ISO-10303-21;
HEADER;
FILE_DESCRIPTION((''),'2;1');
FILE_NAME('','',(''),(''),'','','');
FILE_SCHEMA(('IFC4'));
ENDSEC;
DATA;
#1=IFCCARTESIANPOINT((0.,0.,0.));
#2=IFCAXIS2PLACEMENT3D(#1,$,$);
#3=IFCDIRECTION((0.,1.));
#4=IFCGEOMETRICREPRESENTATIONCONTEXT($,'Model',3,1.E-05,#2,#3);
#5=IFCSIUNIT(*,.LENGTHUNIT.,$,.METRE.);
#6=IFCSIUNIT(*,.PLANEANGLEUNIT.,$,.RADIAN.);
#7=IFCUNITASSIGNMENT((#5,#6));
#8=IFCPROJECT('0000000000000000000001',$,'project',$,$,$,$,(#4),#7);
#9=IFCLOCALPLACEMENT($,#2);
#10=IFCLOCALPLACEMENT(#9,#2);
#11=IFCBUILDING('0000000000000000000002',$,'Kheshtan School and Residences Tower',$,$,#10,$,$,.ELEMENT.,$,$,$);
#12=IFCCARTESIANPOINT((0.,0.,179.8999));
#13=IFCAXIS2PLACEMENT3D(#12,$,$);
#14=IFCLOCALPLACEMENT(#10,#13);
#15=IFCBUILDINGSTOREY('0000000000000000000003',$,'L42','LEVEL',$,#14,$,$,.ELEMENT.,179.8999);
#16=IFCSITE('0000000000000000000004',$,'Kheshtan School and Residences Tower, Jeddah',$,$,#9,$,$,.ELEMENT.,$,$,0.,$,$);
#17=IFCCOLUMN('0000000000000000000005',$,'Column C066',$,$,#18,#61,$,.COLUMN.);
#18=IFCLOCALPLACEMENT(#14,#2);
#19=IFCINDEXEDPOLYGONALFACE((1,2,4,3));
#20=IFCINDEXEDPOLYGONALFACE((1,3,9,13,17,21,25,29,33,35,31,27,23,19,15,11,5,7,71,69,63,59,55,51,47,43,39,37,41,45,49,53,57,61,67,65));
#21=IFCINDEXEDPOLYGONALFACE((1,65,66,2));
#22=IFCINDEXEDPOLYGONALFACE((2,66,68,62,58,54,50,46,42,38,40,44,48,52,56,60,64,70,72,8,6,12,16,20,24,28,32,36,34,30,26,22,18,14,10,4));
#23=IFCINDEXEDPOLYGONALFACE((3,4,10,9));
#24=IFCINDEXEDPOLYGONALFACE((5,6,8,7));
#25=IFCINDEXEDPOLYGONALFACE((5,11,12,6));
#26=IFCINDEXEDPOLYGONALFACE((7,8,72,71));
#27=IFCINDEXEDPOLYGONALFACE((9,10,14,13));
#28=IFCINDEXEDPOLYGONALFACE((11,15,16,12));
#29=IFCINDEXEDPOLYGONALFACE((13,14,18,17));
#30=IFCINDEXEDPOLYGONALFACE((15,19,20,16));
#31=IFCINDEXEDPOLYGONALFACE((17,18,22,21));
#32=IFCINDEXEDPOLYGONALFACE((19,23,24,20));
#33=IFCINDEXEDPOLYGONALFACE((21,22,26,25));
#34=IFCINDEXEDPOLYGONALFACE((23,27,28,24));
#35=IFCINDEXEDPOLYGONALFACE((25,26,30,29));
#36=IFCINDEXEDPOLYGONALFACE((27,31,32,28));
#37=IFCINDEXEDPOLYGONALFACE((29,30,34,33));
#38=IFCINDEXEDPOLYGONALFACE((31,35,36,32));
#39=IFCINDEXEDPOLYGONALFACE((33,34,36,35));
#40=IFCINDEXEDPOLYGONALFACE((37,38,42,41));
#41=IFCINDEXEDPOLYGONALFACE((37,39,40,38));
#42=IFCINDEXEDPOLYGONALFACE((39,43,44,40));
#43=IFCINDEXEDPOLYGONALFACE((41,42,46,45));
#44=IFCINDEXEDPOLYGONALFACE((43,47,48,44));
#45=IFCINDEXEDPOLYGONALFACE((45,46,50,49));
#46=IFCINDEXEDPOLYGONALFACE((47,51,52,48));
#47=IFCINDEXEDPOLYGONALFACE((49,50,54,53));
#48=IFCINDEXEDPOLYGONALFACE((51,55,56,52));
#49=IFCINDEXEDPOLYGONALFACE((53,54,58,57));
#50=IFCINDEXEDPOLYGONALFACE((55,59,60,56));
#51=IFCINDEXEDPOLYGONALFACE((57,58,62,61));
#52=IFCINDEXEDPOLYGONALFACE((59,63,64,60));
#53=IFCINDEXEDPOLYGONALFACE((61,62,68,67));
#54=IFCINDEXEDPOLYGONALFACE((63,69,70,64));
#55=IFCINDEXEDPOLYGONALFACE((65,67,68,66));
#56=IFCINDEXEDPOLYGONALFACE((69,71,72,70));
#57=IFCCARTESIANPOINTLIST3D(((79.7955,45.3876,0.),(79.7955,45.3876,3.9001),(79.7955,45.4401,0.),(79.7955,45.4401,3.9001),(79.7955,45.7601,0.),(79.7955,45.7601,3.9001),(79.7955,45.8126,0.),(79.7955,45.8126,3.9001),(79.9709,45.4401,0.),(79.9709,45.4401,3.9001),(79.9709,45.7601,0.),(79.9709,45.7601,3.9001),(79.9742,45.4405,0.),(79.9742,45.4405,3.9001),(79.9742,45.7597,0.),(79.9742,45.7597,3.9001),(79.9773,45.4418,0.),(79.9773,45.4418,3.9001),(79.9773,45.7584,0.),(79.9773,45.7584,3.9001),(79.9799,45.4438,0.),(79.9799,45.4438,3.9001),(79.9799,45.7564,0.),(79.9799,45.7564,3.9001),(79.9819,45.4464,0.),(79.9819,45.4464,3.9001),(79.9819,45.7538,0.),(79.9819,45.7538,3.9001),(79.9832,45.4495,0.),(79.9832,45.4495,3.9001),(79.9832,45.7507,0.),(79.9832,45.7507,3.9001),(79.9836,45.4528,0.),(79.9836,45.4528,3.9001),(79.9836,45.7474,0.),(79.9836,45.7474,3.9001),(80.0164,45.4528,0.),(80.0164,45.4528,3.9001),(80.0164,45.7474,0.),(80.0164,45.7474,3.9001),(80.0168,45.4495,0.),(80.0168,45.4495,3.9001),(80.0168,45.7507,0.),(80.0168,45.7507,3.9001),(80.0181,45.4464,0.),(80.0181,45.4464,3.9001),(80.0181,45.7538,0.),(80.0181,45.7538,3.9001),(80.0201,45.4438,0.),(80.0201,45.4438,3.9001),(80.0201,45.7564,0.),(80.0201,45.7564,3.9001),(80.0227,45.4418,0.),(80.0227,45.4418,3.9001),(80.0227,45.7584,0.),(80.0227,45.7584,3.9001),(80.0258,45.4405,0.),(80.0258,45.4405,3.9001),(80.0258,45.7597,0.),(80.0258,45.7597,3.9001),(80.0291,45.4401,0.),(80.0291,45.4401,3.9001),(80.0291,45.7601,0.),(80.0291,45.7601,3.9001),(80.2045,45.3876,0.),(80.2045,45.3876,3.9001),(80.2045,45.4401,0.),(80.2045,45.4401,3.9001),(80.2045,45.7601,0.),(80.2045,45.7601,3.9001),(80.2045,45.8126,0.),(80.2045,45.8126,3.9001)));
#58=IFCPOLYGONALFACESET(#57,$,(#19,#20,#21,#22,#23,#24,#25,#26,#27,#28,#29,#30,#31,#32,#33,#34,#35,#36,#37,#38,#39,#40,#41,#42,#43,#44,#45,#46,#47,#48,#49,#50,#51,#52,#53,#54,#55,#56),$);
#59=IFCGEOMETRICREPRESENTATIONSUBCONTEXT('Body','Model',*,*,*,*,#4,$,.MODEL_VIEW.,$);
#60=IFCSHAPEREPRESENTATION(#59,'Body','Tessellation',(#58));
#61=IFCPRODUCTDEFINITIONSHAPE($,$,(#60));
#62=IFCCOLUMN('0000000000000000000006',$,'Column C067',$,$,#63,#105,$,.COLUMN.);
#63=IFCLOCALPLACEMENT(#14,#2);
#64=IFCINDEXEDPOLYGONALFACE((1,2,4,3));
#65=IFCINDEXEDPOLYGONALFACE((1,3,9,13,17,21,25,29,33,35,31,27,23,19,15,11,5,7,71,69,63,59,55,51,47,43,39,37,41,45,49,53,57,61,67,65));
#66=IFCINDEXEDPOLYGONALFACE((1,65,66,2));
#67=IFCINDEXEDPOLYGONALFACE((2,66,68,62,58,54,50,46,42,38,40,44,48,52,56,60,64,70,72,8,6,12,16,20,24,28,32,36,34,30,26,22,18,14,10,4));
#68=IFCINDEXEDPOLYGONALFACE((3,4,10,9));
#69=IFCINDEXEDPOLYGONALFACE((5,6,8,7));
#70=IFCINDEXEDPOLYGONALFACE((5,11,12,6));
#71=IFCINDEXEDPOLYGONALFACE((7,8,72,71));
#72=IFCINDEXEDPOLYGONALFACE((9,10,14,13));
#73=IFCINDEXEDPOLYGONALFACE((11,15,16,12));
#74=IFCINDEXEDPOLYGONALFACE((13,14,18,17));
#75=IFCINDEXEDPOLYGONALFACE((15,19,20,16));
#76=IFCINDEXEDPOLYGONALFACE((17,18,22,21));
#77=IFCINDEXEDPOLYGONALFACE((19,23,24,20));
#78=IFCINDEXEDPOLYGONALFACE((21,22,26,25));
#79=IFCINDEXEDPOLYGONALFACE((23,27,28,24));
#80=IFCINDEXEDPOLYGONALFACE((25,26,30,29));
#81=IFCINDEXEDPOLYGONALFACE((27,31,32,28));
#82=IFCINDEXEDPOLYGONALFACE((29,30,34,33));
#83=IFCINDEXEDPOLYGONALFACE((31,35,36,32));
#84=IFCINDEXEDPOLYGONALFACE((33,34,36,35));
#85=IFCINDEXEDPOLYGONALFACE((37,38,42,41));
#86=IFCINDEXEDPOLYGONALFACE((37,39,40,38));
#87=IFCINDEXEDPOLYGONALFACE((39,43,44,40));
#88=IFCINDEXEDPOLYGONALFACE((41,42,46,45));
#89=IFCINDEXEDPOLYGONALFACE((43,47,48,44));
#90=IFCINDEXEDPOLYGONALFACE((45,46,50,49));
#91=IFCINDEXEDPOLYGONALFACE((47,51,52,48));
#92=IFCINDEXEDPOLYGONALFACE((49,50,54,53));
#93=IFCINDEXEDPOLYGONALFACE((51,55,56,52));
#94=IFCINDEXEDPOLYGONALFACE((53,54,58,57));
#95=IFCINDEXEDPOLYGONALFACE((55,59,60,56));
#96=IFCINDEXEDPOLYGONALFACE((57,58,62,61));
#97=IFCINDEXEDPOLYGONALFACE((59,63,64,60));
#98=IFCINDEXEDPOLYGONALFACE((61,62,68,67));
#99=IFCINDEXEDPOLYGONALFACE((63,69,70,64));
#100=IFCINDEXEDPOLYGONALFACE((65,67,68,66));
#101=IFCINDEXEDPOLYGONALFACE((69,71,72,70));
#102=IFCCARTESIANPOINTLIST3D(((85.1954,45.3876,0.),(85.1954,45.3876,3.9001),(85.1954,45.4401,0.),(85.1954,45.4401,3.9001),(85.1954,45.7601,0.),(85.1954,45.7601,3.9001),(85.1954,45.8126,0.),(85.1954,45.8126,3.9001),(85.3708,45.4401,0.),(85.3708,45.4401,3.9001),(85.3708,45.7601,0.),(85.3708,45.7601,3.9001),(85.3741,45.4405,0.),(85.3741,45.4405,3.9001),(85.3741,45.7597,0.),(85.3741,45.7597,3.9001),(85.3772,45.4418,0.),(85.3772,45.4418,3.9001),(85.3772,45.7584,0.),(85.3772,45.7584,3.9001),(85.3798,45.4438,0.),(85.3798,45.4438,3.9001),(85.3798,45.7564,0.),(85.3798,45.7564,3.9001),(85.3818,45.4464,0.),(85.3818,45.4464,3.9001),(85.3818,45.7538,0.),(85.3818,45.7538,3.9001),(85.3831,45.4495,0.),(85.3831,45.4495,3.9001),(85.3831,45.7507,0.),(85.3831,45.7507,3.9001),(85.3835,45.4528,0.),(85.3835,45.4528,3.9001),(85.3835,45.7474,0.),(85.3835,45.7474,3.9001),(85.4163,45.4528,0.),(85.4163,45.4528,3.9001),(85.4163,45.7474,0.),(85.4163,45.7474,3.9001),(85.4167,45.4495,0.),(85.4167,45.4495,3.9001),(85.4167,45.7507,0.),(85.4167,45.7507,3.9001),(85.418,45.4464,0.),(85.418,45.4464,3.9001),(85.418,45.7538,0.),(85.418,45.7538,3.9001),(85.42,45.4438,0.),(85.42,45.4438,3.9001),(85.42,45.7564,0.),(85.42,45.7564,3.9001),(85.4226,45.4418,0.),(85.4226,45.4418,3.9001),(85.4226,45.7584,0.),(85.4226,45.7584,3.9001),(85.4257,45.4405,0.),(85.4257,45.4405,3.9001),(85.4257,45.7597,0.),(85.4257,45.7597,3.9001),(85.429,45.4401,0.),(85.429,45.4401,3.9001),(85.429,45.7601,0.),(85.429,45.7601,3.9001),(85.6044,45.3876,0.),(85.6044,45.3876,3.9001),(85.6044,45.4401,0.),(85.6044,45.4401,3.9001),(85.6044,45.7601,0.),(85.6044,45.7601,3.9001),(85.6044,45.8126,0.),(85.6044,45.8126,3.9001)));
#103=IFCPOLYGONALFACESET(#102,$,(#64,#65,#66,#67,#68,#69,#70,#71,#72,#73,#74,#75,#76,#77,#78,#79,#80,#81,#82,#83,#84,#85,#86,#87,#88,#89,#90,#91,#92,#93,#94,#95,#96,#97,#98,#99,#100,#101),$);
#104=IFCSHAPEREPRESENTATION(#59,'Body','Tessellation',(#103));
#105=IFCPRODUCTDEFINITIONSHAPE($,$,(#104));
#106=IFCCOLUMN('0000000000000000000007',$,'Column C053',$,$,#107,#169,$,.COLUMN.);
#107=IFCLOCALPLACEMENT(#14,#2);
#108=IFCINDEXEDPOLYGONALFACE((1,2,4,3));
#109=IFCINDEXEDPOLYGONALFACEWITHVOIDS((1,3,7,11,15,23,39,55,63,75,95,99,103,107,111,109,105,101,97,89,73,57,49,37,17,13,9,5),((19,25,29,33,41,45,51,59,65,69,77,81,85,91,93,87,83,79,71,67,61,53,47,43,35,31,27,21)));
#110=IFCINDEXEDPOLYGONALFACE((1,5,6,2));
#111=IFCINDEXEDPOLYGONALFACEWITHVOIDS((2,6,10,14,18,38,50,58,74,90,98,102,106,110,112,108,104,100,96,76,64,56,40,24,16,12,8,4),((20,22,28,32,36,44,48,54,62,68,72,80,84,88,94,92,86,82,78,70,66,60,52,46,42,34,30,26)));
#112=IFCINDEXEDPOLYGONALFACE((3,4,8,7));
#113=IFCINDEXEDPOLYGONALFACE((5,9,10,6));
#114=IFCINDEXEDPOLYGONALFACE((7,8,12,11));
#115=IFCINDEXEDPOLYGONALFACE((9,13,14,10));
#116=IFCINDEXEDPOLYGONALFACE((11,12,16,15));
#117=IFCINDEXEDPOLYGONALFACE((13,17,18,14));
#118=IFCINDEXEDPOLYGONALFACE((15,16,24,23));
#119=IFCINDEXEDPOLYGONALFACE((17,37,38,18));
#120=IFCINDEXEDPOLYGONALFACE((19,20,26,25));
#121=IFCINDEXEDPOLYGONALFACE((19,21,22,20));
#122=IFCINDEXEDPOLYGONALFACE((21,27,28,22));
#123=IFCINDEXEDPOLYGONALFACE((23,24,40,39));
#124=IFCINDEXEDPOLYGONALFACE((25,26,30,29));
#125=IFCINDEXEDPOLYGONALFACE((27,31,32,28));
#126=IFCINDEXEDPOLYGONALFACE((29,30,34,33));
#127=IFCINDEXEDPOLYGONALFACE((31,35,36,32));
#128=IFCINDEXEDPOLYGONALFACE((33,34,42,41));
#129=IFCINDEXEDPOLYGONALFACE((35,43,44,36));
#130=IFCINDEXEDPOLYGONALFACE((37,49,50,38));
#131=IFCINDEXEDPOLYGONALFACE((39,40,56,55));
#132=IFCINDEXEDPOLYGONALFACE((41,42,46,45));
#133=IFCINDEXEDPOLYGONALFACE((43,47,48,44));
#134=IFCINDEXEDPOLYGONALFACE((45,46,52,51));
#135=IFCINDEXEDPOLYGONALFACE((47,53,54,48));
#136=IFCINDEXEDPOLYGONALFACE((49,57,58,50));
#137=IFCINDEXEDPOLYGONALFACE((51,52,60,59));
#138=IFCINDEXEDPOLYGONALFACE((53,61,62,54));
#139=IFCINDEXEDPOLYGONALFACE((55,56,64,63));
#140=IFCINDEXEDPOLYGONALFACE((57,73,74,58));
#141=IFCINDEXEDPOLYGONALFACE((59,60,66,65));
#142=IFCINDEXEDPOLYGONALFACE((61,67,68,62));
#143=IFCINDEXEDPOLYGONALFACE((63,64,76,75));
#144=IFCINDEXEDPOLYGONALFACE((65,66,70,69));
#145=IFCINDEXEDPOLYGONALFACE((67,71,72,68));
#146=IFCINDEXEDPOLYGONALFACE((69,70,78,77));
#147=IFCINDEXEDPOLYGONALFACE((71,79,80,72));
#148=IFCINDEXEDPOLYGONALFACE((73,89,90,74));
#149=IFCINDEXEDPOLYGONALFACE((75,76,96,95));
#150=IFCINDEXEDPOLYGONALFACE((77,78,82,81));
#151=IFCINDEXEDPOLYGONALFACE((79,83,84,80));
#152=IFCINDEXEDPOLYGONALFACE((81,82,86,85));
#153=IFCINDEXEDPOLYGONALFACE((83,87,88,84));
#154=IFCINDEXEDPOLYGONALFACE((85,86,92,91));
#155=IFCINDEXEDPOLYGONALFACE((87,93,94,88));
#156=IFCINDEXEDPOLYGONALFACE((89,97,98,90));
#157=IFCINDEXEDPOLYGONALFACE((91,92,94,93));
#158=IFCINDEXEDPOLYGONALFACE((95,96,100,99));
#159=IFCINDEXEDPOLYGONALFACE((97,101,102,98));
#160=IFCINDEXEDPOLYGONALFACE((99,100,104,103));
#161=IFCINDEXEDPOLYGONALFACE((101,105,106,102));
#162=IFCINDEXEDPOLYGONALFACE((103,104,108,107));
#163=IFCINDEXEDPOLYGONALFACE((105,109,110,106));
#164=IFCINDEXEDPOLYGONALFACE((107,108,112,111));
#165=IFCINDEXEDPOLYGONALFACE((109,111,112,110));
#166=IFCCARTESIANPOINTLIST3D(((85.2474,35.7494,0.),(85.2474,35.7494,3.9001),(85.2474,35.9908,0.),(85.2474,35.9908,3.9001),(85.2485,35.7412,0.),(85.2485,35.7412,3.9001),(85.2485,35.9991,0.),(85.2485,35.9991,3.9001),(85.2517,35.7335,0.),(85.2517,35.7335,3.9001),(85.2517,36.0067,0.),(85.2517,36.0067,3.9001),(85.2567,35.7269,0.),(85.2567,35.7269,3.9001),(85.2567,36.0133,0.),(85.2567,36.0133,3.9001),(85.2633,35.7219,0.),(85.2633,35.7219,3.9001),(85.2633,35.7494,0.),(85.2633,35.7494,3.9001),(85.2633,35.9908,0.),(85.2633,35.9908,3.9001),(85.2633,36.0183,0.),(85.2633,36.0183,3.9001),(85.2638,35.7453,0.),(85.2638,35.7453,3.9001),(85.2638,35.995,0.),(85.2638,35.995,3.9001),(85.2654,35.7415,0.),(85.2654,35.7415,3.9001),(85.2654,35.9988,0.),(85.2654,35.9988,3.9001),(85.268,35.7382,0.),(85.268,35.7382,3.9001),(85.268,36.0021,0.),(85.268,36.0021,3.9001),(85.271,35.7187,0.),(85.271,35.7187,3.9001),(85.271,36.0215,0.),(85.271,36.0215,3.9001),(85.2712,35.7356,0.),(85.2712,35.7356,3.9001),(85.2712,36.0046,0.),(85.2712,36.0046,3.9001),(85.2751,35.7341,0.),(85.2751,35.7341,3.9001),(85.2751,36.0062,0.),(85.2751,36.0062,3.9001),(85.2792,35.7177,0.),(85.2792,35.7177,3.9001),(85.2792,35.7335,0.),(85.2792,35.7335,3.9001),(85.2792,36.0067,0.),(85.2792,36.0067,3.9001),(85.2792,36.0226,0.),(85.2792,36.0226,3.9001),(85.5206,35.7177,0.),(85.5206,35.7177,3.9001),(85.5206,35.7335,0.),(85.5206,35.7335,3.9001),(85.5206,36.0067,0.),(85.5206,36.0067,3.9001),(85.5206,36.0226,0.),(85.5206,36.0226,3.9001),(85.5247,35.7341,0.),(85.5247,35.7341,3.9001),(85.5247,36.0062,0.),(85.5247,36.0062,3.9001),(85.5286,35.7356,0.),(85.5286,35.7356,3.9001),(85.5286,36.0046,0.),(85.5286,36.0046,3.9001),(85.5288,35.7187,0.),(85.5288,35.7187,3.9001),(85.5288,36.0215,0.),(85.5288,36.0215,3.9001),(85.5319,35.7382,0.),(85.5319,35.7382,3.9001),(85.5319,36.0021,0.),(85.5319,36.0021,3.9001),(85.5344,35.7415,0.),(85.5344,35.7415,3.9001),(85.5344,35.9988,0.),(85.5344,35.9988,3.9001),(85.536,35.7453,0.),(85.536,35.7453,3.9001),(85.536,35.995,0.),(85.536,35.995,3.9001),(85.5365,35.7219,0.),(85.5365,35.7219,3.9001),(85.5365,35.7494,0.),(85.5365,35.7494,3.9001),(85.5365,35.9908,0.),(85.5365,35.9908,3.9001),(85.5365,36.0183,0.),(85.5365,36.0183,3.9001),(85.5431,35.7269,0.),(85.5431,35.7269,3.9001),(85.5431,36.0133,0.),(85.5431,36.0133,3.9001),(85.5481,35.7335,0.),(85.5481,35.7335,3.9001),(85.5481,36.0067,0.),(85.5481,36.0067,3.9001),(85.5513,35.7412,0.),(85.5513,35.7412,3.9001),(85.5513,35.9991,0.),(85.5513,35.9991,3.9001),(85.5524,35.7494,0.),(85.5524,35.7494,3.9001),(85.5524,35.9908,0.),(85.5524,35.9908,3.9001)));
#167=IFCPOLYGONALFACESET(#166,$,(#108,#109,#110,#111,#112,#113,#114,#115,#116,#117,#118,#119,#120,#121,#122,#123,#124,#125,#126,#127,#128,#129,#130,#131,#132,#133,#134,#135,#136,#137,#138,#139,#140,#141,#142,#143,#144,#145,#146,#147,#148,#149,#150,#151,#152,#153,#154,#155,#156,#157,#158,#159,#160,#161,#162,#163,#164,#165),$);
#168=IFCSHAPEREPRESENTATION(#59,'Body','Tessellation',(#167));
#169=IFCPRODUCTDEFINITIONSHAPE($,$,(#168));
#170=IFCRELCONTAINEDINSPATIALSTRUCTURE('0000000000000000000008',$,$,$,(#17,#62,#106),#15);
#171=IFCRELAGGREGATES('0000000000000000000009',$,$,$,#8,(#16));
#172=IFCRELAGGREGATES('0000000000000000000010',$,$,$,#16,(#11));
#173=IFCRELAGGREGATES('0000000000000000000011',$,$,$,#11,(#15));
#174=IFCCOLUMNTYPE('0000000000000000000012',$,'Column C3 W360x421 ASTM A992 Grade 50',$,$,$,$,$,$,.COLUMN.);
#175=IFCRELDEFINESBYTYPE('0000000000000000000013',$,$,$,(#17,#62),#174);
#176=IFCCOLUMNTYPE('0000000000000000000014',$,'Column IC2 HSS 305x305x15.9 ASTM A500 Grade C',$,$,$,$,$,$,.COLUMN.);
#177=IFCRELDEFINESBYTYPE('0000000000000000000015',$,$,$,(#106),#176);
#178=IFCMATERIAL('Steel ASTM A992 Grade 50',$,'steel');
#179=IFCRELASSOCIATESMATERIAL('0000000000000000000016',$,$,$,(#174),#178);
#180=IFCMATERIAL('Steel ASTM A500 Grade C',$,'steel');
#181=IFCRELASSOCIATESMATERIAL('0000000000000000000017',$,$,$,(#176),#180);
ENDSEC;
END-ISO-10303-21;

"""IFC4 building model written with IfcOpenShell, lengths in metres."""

from ifc_helpers import new_model, si_unit, direction, frame, origin, origin_2d, place, context, subcontext, project, spatial, hollow_rectangle, i_section, extrude, material, material_profile, profile_set, type_object, element, save


model = new_model("IFC4")

# Units and contexts
model_context = context("Model", 3, precision=1e-05, world=origin(), true_north=direction((0.0, 1.0)))
body_context = subcontext(model_context, "Body", "Model", "MODEL_VIEW")
ifc_project = project(units=[si_unit("LENGTHUNIT", "METRE"), si_unit("PLANEANGLEUNIT", "RADIAN")], contexts=[model_context])

# Site, building, storey
site_placement = place(None, origin())
site = spatial("IfcSite", under=ifc_project, at=site_placement, Name="Kheshtan School and Residences Tower, Jeddah", CompositionType="ELEMENT", RefElevation=0.0)
building_placement = place(site_placement, origin())
building = spatial("IfcBuilding", under=site, at=building_placement, Name="Kheshtan School and Residences Tower", CompositionType="ELEMENT")
storey_placement = place(building_placement, frame((0.0, 0.0, 179.8999)))
storey = spatial("IfcBuildingStorey", under=building, at=storey_placement, Name="L42", Description="LEVEL", CompositionType="ELEMENT", Elevation=179.8999)

# Columns
ifc_material_1 = material(Name="Steel ASTM A992 Grade 50", Category="steel")
ifc_material_profile_1 = material_profile(ifc_material_1, i_section(OverallWidth=0.4089, OverallDepth=0.425, WebThickness=0.0327, FlangeThickness=0.0525, FilletRadius=0.0127, at=origin_2d()), Name="W360x421")
ifc_profile_set_1 = profile_set([ifc_material_profile_1], Name="Steel ASTM A992 Grade 50")
column_type_1 = type_object("IfcColumnType", Name="Column C3 W360x421 ASTM A992 Grade 50", PredefinedType="COLUMN", material=ifc_profile_set_1)
for number, where, z_axis, x_axis, name in (
    (1, (80.0, 45.6001, 0.0), (0.0, 0.0, 1.0), (1.0, 0.0, 0.0), "Column C066"),
    (2, (85.3999, 45.6001, 0.0), (0.0, 0.0, 1.0), (1.0, 0.0, 0.0), "Column C067"),
):
    element("IfcColumn", number, at=place(storey_placement, frame(where, z_axis=z_axis, x_axis=x_axis)), inside=storey, type_object=column_type_1, Name=name, PredefinedType="COLUMN", context=body_context, shape_type="SweptSolid", body=[
        extrude(i_section(OverallWidth=0.4089, OverallDepth=0.425, WebThickness=0.0327, FlangeThickness=0.0525, FilletRadius=0.0127, at=origin_2d()), origin(), (0.0, 0.0, 1.0), 3.9001),
    ])
ifc_material_2 = material(Name="Steel ASTM A500 Grade C", Category="steel")
ifc_material_profile_2 = material_profile(ifc_material_2, hollow_rectangle(XDim=0.3049, YDim=0.3049, WallThickness=0.0159, InnerFilletRadius=0.0159, OuterFilletRadius=0.0317, at=origin_2d()), Name="HSS 305x305x15.9")
ifc_profile_set_2 = profile_set([ifc_material_profile_2], Name="Steel ASTM A500 Grade C")
column_type_2 = type_object("IfcColumnType", Name="Column IC2 HSS 305x305x15.9 ASTM A500 Grade C", PredefinedType="COLUMN", material=ifc_profile_set_2)
for number, where, z_axis, x_axis, name in (
    (3, (85.3999, 35.8701, 0.0), (0.0, 0.0, 1.0), (1.0, 0.0, 0.0), "Column C053"),
):
    element("IfcColumn", number, at=place(storey_placement, frame(where, z_axis=z_axis, x_axis=x_axis)), inside=storey, type_object=column_type_2, Name=name, PredefinedType="COLUMN", context=body_context, shape_type="SweptSolid", body=[
        extrude(hollow_rectangle(XDim=0.3049, YDim=0.3049, WallThickness=0.0159, InnerFilletRadius=0.0159, OuterFilletRadius=0.0317, at=origin_2d()), origin(), (0.0, 0.0, 1.0), 3.9001),
    ])

save(model, "model.ifc")
